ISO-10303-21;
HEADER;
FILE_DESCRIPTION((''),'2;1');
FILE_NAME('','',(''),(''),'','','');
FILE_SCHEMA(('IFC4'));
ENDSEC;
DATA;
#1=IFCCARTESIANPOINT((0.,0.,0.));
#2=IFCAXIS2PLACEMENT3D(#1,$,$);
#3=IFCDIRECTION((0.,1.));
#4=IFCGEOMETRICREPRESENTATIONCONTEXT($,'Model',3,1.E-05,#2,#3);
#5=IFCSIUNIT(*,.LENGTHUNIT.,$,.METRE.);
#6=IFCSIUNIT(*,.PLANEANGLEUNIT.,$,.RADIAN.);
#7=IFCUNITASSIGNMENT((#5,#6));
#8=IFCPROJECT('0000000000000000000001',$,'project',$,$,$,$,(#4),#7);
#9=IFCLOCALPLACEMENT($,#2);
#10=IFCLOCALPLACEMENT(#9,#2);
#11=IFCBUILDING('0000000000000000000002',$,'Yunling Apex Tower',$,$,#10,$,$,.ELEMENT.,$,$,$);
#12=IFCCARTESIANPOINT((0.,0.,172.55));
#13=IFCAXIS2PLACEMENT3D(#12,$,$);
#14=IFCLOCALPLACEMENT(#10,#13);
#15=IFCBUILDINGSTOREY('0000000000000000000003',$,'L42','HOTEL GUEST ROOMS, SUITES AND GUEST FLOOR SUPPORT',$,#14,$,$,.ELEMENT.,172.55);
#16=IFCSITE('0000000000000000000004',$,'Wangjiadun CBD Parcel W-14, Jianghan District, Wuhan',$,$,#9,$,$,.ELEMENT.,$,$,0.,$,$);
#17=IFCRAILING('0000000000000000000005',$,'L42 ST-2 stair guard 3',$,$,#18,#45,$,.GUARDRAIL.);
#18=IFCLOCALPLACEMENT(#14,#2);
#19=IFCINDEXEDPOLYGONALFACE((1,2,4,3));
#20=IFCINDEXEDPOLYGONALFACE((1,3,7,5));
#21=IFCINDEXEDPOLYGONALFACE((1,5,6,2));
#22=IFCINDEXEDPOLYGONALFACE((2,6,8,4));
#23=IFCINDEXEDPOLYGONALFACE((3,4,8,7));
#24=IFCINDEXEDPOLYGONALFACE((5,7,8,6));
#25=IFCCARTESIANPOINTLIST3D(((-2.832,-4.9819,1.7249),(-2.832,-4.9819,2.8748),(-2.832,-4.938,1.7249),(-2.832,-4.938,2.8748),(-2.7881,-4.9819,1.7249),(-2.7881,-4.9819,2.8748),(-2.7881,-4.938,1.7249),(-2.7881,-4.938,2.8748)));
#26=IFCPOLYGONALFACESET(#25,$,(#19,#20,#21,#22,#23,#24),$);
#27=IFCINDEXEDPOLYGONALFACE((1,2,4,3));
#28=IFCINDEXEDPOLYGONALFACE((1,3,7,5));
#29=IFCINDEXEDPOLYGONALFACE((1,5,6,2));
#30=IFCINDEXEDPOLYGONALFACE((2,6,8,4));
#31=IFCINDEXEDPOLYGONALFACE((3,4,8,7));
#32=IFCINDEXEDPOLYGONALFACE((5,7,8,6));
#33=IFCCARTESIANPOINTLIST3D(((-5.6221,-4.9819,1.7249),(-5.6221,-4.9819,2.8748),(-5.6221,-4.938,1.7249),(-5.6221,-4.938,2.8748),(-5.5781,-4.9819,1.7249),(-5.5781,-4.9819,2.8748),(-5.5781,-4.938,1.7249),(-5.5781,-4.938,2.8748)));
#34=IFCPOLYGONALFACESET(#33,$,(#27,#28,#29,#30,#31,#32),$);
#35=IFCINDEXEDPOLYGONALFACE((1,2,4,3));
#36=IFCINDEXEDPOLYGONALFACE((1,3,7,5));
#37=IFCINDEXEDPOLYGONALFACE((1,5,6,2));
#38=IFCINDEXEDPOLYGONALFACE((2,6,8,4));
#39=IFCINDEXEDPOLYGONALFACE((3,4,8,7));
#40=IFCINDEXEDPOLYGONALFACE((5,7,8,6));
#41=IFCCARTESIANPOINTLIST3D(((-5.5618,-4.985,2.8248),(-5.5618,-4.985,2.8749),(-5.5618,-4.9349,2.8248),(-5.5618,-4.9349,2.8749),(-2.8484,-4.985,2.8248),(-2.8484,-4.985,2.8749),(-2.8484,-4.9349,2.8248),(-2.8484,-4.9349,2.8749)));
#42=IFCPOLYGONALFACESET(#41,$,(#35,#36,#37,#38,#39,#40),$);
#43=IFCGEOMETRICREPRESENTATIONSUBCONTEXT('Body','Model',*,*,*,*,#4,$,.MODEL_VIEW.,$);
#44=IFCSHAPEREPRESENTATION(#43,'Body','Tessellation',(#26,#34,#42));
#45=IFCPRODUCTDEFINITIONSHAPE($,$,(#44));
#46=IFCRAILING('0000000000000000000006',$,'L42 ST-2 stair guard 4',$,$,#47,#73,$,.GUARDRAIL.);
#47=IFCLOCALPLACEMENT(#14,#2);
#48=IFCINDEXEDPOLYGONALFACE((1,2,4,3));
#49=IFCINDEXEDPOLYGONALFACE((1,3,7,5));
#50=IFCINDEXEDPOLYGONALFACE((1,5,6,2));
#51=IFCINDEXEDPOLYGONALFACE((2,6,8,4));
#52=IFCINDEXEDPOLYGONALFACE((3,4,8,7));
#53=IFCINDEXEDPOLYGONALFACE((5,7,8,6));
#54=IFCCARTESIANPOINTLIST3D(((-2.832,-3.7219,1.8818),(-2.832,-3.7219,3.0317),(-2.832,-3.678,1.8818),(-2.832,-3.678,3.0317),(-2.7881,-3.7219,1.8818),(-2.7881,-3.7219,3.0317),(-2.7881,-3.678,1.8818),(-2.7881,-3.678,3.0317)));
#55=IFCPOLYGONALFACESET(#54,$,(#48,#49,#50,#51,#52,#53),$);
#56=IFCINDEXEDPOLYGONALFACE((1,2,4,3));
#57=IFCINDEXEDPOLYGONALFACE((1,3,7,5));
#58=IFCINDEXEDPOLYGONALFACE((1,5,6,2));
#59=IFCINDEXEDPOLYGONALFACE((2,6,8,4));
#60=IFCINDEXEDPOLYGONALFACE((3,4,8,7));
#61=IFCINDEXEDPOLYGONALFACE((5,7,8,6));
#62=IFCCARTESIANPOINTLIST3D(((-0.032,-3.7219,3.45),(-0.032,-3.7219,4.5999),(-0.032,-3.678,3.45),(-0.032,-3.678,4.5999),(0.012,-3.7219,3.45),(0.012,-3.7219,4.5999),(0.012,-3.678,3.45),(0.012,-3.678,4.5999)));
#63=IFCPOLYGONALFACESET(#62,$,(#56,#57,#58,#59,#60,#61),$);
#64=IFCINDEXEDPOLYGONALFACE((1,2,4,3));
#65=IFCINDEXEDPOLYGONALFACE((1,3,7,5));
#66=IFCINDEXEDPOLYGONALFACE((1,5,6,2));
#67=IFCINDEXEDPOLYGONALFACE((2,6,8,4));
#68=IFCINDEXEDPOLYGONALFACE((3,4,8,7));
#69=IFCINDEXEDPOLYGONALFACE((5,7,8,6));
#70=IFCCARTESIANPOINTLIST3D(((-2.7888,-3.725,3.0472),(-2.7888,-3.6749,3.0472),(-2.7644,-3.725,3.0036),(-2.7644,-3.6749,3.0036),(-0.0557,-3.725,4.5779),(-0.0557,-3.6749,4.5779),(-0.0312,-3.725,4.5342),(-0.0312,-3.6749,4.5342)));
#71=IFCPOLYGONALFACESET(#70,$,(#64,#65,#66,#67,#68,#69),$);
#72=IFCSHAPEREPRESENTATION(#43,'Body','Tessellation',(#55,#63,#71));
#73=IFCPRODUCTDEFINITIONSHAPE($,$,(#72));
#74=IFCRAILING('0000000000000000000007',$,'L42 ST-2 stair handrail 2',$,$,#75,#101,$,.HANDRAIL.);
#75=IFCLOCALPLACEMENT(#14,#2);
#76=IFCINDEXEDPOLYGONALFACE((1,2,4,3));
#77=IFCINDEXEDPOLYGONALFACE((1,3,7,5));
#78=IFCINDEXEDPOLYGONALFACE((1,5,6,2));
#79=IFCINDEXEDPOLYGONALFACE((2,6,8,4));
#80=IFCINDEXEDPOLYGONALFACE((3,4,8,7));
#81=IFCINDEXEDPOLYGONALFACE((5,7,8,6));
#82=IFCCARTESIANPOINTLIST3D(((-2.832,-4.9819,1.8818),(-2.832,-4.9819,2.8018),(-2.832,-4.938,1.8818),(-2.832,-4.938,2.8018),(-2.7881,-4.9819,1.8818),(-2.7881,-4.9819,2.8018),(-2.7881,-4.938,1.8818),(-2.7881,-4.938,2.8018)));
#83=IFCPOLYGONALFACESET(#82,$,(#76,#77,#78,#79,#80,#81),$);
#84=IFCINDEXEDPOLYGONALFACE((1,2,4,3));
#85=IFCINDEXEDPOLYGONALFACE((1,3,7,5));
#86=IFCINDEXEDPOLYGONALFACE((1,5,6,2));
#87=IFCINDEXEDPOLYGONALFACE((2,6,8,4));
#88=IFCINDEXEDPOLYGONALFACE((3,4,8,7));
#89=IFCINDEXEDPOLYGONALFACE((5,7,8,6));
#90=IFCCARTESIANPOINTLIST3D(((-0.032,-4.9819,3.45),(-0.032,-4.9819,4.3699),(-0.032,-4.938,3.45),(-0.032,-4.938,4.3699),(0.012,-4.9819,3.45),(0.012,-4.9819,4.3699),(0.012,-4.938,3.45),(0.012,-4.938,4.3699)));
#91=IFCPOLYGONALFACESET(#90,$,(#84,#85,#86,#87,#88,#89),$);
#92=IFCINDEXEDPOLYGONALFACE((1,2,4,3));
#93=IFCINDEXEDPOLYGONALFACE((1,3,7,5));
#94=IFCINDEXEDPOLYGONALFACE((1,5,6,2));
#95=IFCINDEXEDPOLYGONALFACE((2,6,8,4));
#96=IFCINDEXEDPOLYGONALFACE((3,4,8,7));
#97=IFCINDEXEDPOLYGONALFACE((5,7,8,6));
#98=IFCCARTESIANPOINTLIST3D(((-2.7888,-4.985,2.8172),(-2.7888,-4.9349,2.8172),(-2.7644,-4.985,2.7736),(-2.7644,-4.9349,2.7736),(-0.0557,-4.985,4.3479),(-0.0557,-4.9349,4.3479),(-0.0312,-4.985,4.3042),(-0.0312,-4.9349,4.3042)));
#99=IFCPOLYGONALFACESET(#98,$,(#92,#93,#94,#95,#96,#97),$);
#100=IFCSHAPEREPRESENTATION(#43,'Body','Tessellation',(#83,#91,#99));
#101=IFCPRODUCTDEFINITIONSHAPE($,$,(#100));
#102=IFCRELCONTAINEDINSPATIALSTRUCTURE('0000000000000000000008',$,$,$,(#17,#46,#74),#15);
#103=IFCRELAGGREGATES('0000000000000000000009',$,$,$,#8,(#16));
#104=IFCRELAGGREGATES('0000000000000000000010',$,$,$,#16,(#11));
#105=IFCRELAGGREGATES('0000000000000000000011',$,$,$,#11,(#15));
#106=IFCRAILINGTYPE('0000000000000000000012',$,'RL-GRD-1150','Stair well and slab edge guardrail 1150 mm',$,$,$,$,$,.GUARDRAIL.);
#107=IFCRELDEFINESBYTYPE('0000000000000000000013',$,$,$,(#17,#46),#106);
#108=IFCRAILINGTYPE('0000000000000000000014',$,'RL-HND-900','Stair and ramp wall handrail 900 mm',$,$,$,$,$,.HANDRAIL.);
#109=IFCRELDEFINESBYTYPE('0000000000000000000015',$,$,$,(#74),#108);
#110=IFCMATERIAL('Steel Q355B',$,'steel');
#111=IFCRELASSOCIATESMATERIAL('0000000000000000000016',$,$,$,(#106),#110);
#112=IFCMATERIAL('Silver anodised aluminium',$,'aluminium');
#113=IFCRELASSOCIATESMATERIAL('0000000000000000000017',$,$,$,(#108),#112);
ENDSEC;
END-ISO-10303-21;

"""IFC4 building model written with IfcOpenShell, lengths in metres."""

from ifc_helpers import new_model, si_unit, direction, frame, origin, origin_2d, place, context, subcontext, project, spatial, rectangle, extrude, material, type_object, element, save


model = new_model("IFC4")

# Units and contexts
model_context = context("Model", 3, precision=1e-05, world=origin(), true_north=direction((0.0, 1.0)))
body_context = subcontext(model_context, "Body", "Model", "MODEL_VIEW")
ifc_project = project(units=[si_unit("LENGTHUNIT", "METRE"), si_unit("PLANEANGLEUNIT", "RADIAN")], contexts=[model_context])

# Site, building, storey
site_placement = place(None, origin())
site = spatial("IfcSite", under=ifc_project, at=site_placement, Name="Wangjiadun CBD Parcel W-14, Jianghan District, Wuhan", CompositionType="ELEMENT", RefElevation=0.0)
building_placement = place(site_placement, origin())
building = spatial("IfcBuilding", under=site, at=building_placement, Name="Yunling Apex Tower", CompositionType="ELEMENT")
storey_placement = place(building_placement, frame((0.0, 0.0, 172.55)))
storey = spatial("IfcBuildingStorey", under=building, at=storey_placement, Name="L42", Description="HOTEL GUEST ROOMS, SUITES AND GUEST FLOOR SUPPORT", CompositionType="ELEMENT", Elevation=172.55)

# Shared definitions
ifc_material_1 = material(Name="Steel Q355B", Category="steel")

# Shared definitions
ifc_material_2 = material(Name="Silver anodised aluminium", Category="aluminium")

# Railings
railing_type_1 = type_object("IfcRailingType", Name="RL-GRD-1150", Description="Stair well and slab edge guardrail 1150 mm", PredefinedType="GUARDRAIL", material=ifc_material_1)
railing_1_placement = place(storey_placement, frame((-2.8101, -4.96, 1.7249)))
element("IfcRailing", 1, at=railing_1_placement, inside=storey, type_object=railing_type_1, Name="L42 ST-2 stair guard 3", PredefinedType="GUARDRAIL", context=body_context, shape_type="SweptSolid", body=[
    extrude(rectangle(XDim=0.0439, YDim=0.0439, at=origin_2d()), origin(), (0.0, 0.0, 1.0), 1.1499),
    extrude(rectangle(XDim=0.0439, YDim=0.0439, at=origin_2d()), frame((-2.79, 0.0, 0.0)), (0.0, 0.0, 1.0), 1.1499),
    extrude(rectangle(XDim=0.05, YDim=0.05, at=origin_2d()), frame((-0.0383, 0.0, 1.125), z_axis=(-1.0, 0.0, 0.0), x_axis=(0.0, -1.0, 0.0)), (0.0, 0.0, 1.0), 2.7134),
])
railing_2_placement = place(storey_placement, frame((-2.8101, -3.7, 1.8818)))
element("IfcRailing", 2, at=railing_2_placement, inside=storey, type_object=railing_type_1, Name="L42 ST-2 stair guard 4", PredefinedType="GUARDRAIL", context=body_context, shape_type="SweptSolid", body=[
    extrude(rectangle(XDim=0.0439, YDim=0.0439, at=origin_2d()), origin(), (0.0, 0.0, 1.0), 1.1499),
    extrude(rectangle(XDim=0.0439, YDim=0.0439, at=origin_2d()), frame((2.8, 0.0, 1.5681)), (0.0, 0.0, 1.0), 1.1499),
    extrude(rectangle(XDim=0.05, YDim=0.05, at=origin_2d()), frame((0.0334, 0.0, 1.1436), z_axis=(0.872494, 0.0, 0.488624), x_axis=(0.0, 1.0, 0.0)), (0.0, 0.0, 1.0), 3.1326),
])
railing_type_2 = type_object("IfcRailingType", Name="RL-HND-900", Description="Stair and ramp wall handrail 900 mm", PredefinedType="HANDRAIL", material=ifc_material_2)
railing_3_placement = place(storey_placement, frame((-2.8101, -4.96, 1.8818)))
element("IfcRailing", 3, at=railing_3_placement, inside=storey, type_object=railing_type_2, Name="L42 ST-2 stair handrail 2", PredefinedType="HANDRAIL", context=body_context, shape_type="SweptSolid", body=[
    extrude(rectangle(XDim=0.0439, YDim=0.0439, at=origin_2d()), origin(), (0.0, 0.0, 1.0), 0.9199),
    extrude(rectangle(XDim=0.0439, YDim=0.0439, at=origin_2d()), frame((2.8, 0.0, 1.5681)), (0.0, 0.0, 1.0), 0.9199),
    extrude(rectangle(XDim=0.05, YDim=0.05, at=origin_2d()), frame((0.0334, 0.0, 0.9136), z_axis=(0.872494, 0.0, 0.488624), x_axis=(0.0, 1.0, 0.0)), (0.0, 0.0, 1.0), 3.1326),
])

save(model, "model.ifc")
